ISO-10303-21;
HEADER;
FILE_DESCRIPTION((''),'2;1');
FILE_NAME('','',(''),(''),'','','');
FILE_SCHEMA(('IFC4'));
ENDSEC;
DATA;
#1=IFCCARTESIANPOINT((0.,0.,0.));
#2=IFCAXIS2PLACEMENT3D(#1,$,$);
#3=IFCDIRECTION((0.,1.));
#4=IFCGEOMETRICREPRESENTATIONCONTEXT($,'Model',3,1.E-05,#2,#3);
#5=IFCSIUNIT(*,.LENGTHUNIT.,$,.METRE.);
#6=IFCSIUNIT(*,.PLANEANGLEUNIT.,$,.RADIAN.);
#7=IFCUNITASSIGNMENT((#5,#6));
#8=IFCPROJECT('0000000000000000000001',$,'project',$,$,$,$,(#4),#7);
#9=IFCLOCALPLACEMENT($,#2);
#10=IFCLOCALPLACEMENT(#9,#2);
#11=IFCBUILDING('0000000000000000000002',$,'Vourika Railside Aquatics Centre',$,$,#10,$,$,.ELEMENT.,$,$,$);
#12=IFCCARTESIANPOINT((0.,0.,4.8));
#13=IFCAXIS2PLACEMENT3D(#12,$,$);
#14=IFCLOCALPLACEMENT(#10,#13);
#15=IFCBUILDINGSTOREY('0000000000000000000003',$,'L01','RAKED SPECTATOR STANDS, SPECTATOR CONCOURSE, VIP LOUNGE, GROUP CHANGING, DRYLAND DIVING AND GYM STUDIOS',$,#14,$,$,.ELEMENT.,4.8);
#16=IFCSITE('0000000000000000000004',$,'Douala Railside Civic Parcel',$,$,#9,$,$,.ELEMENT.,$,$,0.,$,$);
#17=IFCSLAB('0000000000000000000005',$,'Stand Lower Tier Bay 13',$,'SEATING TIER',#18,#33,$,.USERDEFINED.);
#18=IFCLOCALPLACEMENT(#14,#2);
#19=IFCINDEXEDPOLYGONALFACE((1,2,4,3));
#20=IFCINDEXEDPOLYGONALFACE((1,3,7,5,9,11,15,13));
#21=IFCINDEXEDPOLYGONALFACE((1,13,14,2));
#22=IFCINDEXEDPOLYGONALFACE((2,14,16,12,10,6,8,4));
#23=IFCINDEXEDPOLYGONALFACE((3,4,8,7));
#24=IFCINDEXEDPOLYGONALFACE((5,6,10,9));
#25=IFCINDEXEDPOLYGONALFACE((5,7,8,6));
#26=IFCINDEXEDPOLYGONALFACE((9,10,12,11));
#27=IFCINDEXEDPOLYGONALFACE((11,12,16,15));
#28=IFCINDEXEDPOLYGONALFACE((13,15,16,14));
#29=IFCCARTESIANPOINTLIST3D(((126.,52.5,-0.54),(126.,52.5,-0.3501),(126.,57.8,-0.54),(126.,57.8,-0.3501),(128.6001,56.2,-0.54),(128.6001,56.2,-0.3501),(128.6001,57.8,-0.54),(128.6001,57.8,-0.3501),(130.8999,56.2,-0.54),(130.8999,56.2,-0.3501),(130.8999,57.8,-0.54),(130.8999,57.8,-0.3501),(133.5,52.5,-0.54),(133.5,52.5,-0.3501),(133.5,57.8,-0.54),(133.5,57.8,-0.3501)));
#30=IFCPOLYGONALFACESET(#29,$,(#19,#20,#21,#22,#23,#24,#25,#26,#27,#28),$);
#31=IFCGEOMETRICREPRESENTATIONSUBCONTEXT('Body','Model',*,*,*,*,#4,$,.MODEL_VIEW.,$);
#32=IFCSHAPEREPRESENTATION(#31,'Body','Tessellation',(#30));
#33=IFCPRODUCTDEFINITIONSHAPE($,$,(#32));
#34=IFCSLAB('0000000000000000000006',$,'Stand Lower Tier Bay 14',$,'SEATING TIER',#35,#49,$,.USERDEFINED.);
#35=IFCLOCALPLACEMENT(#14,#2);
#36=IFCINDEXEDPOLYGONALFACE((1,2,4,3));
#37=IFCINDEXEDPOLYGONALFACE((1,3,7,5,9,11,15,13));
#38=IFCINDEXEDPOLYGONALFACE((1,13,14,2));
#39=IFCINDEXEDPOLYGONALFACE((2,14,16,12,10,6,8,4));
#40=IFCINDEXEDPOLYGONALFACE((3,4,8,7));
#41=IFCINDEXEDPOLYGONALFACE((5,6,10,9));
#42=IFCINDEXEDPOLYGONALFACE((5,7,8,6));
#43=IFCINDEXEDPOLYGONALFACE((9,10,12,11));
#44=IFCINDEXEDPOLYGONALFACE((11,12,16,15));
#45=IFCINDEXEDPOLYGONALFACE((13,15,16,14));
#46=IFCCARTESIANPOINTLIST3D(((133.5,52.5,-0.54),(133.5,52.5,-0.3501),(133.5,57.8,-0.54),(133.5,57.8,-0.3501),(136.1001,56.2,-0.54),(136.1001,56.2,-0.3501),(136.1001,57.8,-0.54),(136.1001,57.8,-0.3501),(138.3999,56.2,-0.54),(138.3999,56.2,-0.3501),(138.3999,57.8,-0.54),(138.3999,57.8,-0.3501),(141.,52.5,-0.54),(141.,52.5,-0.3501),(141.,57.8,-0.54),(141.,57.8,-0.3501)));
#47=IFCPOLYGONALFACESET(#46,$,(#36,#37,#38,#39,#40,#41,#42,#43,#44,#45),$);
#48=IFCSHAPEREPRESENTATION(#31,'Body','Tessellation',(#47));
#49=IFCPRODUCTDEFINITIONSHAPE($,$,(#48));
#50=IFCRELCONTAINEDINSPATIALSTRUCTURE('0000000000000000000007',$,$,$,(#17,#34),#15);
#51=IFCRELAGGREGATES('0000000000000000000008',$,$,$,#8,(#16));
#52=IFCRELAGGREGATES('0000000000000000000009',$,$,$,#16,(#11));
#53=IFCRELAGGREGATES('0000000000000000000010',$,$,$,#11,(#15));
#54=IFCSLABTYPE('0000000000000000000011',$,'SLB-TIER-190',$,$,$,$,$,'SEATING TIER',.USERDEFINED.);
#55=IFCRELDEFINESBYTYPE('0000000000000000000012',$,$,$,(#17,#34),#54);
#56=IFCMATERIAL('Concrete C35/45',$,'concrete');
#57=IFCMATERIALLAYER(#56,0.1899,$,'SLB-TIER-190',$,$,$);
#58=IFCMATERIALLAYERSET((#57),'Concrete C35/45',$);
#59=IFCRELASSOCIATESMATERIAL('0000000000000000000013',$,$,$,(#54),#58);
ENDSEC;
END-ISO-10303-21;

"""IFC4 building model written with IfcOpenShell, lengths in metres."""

from ifc_helpers import new_model, si_unit, direction, frame, origin, place, context, subcontext, project, spatial, polyline, outline, extrude, material, layer, layer_set, type_object, element, save


model = new_model("IFC4")

# Units and contexts
model_context = context("Model", 3, precision=1e-05, world=origin(), true_north=direction((0.0, 1.0)))
body_context = subcontext(model_context, "Body", "Model", "MODEL_VIEW")
ifc_project = project(units=[si_unit("LENGTHUNIT", "METRE"), si_unit("PLANEANGLEUNIT", "RADIAN")], contexts=[model_context])

# Site, building, storey
site_placement = place(None, origin())
site = spatial("IfcSite", under=ifc_project, at=site_placement, Name="Douala Railside Civic Parcel", CompositionType="ELEMENT", RefElevation=0.0)
building_placement = place(site_placement, origin())
building = spatial("IfcBuilding", under=site, at=building_placement, Name="Vourika Railside Aquatics Centre", CompositionType="ELEMENT")
storey_placement = place(building_placement, frame((0.0, 0.0, 4.8)))
storey = spatial("IfcBuildingStorey", under=building, at=storey_placement, Name="L01", Description="RAKED SPECTATOR STANDS, SPECTATOR CONCOURSE, VIP LOUNGE, GROUP CHANGING, DRYLAND DIVING AND GYM STUDIOS", CompositionType="ELEMENT", Elevation=4.8)

# Slabs
ifc_material_1 = material(Name="Concrete C35/45", Category="concrete")
ifc_layer_1 = layer(ifc_material_1, 0.1899, Name="SLB-TIER-190")
ifc_layer_set_1 = layer_set([ifc_layer_1], Name="Concrete C35/45")
slab_type_1 = type_object("IfcSlabType", Name="SLB-TIER-190", ElementType="SEATING TIER", PredefinedType="USERDEFINED", material=ifc_layer_set_1)
slab_1_placement = place(storey_placement, frame((0.0, 0.0, -0.54)))
element("IfcSlab", 1, at=slab_1_placement, inside=storey, type_object=slab_type_1, Name="Stand Lower Tier Bay 13", ObjectType="SEATING TIER", PredefinedType="USERDEFINED", context=body_context, shape_type="SweptSolid", body=[
    extrude(outline(polyline([(133.5, 57.8), (133.5, 52.5), (126.0, 52.5), (126.0, 57.8), (128.6001, 57.8), (128.6001, 56.2), (130.8999, 56.2), (130.8999, 57.8), (133.5, 57.8)])), origin(), (0.0, 0.0, 1.0), 0.1899),
])
slab_2_placement = place(storey_placement, frame((0.0, 0.0, -0.54)))
element("IfcSlab", 2, at=slab_2_placement, inside=storey, type_object=slab_type_1, Name="Stand Lower Tier Bay 14", ObjectType="SEATING TIER", PredefinedType="USERDEFINED", context=body_context, shape_type="SweptSolid", body=[
    extrude(outline(polyline([(141.0, 57.8), (141.0, 52.5), (133.5, 52.5), (133.5, 57.8), (136.1001, 57.8), (136.1001, 56.2), (138.3999, 56.2), (138.3999, 57.8), (141.0, 57.8)])), origin(), (0.0, 0.0, 1.0), 0.1899),
])

save(model, "model.ifc")
